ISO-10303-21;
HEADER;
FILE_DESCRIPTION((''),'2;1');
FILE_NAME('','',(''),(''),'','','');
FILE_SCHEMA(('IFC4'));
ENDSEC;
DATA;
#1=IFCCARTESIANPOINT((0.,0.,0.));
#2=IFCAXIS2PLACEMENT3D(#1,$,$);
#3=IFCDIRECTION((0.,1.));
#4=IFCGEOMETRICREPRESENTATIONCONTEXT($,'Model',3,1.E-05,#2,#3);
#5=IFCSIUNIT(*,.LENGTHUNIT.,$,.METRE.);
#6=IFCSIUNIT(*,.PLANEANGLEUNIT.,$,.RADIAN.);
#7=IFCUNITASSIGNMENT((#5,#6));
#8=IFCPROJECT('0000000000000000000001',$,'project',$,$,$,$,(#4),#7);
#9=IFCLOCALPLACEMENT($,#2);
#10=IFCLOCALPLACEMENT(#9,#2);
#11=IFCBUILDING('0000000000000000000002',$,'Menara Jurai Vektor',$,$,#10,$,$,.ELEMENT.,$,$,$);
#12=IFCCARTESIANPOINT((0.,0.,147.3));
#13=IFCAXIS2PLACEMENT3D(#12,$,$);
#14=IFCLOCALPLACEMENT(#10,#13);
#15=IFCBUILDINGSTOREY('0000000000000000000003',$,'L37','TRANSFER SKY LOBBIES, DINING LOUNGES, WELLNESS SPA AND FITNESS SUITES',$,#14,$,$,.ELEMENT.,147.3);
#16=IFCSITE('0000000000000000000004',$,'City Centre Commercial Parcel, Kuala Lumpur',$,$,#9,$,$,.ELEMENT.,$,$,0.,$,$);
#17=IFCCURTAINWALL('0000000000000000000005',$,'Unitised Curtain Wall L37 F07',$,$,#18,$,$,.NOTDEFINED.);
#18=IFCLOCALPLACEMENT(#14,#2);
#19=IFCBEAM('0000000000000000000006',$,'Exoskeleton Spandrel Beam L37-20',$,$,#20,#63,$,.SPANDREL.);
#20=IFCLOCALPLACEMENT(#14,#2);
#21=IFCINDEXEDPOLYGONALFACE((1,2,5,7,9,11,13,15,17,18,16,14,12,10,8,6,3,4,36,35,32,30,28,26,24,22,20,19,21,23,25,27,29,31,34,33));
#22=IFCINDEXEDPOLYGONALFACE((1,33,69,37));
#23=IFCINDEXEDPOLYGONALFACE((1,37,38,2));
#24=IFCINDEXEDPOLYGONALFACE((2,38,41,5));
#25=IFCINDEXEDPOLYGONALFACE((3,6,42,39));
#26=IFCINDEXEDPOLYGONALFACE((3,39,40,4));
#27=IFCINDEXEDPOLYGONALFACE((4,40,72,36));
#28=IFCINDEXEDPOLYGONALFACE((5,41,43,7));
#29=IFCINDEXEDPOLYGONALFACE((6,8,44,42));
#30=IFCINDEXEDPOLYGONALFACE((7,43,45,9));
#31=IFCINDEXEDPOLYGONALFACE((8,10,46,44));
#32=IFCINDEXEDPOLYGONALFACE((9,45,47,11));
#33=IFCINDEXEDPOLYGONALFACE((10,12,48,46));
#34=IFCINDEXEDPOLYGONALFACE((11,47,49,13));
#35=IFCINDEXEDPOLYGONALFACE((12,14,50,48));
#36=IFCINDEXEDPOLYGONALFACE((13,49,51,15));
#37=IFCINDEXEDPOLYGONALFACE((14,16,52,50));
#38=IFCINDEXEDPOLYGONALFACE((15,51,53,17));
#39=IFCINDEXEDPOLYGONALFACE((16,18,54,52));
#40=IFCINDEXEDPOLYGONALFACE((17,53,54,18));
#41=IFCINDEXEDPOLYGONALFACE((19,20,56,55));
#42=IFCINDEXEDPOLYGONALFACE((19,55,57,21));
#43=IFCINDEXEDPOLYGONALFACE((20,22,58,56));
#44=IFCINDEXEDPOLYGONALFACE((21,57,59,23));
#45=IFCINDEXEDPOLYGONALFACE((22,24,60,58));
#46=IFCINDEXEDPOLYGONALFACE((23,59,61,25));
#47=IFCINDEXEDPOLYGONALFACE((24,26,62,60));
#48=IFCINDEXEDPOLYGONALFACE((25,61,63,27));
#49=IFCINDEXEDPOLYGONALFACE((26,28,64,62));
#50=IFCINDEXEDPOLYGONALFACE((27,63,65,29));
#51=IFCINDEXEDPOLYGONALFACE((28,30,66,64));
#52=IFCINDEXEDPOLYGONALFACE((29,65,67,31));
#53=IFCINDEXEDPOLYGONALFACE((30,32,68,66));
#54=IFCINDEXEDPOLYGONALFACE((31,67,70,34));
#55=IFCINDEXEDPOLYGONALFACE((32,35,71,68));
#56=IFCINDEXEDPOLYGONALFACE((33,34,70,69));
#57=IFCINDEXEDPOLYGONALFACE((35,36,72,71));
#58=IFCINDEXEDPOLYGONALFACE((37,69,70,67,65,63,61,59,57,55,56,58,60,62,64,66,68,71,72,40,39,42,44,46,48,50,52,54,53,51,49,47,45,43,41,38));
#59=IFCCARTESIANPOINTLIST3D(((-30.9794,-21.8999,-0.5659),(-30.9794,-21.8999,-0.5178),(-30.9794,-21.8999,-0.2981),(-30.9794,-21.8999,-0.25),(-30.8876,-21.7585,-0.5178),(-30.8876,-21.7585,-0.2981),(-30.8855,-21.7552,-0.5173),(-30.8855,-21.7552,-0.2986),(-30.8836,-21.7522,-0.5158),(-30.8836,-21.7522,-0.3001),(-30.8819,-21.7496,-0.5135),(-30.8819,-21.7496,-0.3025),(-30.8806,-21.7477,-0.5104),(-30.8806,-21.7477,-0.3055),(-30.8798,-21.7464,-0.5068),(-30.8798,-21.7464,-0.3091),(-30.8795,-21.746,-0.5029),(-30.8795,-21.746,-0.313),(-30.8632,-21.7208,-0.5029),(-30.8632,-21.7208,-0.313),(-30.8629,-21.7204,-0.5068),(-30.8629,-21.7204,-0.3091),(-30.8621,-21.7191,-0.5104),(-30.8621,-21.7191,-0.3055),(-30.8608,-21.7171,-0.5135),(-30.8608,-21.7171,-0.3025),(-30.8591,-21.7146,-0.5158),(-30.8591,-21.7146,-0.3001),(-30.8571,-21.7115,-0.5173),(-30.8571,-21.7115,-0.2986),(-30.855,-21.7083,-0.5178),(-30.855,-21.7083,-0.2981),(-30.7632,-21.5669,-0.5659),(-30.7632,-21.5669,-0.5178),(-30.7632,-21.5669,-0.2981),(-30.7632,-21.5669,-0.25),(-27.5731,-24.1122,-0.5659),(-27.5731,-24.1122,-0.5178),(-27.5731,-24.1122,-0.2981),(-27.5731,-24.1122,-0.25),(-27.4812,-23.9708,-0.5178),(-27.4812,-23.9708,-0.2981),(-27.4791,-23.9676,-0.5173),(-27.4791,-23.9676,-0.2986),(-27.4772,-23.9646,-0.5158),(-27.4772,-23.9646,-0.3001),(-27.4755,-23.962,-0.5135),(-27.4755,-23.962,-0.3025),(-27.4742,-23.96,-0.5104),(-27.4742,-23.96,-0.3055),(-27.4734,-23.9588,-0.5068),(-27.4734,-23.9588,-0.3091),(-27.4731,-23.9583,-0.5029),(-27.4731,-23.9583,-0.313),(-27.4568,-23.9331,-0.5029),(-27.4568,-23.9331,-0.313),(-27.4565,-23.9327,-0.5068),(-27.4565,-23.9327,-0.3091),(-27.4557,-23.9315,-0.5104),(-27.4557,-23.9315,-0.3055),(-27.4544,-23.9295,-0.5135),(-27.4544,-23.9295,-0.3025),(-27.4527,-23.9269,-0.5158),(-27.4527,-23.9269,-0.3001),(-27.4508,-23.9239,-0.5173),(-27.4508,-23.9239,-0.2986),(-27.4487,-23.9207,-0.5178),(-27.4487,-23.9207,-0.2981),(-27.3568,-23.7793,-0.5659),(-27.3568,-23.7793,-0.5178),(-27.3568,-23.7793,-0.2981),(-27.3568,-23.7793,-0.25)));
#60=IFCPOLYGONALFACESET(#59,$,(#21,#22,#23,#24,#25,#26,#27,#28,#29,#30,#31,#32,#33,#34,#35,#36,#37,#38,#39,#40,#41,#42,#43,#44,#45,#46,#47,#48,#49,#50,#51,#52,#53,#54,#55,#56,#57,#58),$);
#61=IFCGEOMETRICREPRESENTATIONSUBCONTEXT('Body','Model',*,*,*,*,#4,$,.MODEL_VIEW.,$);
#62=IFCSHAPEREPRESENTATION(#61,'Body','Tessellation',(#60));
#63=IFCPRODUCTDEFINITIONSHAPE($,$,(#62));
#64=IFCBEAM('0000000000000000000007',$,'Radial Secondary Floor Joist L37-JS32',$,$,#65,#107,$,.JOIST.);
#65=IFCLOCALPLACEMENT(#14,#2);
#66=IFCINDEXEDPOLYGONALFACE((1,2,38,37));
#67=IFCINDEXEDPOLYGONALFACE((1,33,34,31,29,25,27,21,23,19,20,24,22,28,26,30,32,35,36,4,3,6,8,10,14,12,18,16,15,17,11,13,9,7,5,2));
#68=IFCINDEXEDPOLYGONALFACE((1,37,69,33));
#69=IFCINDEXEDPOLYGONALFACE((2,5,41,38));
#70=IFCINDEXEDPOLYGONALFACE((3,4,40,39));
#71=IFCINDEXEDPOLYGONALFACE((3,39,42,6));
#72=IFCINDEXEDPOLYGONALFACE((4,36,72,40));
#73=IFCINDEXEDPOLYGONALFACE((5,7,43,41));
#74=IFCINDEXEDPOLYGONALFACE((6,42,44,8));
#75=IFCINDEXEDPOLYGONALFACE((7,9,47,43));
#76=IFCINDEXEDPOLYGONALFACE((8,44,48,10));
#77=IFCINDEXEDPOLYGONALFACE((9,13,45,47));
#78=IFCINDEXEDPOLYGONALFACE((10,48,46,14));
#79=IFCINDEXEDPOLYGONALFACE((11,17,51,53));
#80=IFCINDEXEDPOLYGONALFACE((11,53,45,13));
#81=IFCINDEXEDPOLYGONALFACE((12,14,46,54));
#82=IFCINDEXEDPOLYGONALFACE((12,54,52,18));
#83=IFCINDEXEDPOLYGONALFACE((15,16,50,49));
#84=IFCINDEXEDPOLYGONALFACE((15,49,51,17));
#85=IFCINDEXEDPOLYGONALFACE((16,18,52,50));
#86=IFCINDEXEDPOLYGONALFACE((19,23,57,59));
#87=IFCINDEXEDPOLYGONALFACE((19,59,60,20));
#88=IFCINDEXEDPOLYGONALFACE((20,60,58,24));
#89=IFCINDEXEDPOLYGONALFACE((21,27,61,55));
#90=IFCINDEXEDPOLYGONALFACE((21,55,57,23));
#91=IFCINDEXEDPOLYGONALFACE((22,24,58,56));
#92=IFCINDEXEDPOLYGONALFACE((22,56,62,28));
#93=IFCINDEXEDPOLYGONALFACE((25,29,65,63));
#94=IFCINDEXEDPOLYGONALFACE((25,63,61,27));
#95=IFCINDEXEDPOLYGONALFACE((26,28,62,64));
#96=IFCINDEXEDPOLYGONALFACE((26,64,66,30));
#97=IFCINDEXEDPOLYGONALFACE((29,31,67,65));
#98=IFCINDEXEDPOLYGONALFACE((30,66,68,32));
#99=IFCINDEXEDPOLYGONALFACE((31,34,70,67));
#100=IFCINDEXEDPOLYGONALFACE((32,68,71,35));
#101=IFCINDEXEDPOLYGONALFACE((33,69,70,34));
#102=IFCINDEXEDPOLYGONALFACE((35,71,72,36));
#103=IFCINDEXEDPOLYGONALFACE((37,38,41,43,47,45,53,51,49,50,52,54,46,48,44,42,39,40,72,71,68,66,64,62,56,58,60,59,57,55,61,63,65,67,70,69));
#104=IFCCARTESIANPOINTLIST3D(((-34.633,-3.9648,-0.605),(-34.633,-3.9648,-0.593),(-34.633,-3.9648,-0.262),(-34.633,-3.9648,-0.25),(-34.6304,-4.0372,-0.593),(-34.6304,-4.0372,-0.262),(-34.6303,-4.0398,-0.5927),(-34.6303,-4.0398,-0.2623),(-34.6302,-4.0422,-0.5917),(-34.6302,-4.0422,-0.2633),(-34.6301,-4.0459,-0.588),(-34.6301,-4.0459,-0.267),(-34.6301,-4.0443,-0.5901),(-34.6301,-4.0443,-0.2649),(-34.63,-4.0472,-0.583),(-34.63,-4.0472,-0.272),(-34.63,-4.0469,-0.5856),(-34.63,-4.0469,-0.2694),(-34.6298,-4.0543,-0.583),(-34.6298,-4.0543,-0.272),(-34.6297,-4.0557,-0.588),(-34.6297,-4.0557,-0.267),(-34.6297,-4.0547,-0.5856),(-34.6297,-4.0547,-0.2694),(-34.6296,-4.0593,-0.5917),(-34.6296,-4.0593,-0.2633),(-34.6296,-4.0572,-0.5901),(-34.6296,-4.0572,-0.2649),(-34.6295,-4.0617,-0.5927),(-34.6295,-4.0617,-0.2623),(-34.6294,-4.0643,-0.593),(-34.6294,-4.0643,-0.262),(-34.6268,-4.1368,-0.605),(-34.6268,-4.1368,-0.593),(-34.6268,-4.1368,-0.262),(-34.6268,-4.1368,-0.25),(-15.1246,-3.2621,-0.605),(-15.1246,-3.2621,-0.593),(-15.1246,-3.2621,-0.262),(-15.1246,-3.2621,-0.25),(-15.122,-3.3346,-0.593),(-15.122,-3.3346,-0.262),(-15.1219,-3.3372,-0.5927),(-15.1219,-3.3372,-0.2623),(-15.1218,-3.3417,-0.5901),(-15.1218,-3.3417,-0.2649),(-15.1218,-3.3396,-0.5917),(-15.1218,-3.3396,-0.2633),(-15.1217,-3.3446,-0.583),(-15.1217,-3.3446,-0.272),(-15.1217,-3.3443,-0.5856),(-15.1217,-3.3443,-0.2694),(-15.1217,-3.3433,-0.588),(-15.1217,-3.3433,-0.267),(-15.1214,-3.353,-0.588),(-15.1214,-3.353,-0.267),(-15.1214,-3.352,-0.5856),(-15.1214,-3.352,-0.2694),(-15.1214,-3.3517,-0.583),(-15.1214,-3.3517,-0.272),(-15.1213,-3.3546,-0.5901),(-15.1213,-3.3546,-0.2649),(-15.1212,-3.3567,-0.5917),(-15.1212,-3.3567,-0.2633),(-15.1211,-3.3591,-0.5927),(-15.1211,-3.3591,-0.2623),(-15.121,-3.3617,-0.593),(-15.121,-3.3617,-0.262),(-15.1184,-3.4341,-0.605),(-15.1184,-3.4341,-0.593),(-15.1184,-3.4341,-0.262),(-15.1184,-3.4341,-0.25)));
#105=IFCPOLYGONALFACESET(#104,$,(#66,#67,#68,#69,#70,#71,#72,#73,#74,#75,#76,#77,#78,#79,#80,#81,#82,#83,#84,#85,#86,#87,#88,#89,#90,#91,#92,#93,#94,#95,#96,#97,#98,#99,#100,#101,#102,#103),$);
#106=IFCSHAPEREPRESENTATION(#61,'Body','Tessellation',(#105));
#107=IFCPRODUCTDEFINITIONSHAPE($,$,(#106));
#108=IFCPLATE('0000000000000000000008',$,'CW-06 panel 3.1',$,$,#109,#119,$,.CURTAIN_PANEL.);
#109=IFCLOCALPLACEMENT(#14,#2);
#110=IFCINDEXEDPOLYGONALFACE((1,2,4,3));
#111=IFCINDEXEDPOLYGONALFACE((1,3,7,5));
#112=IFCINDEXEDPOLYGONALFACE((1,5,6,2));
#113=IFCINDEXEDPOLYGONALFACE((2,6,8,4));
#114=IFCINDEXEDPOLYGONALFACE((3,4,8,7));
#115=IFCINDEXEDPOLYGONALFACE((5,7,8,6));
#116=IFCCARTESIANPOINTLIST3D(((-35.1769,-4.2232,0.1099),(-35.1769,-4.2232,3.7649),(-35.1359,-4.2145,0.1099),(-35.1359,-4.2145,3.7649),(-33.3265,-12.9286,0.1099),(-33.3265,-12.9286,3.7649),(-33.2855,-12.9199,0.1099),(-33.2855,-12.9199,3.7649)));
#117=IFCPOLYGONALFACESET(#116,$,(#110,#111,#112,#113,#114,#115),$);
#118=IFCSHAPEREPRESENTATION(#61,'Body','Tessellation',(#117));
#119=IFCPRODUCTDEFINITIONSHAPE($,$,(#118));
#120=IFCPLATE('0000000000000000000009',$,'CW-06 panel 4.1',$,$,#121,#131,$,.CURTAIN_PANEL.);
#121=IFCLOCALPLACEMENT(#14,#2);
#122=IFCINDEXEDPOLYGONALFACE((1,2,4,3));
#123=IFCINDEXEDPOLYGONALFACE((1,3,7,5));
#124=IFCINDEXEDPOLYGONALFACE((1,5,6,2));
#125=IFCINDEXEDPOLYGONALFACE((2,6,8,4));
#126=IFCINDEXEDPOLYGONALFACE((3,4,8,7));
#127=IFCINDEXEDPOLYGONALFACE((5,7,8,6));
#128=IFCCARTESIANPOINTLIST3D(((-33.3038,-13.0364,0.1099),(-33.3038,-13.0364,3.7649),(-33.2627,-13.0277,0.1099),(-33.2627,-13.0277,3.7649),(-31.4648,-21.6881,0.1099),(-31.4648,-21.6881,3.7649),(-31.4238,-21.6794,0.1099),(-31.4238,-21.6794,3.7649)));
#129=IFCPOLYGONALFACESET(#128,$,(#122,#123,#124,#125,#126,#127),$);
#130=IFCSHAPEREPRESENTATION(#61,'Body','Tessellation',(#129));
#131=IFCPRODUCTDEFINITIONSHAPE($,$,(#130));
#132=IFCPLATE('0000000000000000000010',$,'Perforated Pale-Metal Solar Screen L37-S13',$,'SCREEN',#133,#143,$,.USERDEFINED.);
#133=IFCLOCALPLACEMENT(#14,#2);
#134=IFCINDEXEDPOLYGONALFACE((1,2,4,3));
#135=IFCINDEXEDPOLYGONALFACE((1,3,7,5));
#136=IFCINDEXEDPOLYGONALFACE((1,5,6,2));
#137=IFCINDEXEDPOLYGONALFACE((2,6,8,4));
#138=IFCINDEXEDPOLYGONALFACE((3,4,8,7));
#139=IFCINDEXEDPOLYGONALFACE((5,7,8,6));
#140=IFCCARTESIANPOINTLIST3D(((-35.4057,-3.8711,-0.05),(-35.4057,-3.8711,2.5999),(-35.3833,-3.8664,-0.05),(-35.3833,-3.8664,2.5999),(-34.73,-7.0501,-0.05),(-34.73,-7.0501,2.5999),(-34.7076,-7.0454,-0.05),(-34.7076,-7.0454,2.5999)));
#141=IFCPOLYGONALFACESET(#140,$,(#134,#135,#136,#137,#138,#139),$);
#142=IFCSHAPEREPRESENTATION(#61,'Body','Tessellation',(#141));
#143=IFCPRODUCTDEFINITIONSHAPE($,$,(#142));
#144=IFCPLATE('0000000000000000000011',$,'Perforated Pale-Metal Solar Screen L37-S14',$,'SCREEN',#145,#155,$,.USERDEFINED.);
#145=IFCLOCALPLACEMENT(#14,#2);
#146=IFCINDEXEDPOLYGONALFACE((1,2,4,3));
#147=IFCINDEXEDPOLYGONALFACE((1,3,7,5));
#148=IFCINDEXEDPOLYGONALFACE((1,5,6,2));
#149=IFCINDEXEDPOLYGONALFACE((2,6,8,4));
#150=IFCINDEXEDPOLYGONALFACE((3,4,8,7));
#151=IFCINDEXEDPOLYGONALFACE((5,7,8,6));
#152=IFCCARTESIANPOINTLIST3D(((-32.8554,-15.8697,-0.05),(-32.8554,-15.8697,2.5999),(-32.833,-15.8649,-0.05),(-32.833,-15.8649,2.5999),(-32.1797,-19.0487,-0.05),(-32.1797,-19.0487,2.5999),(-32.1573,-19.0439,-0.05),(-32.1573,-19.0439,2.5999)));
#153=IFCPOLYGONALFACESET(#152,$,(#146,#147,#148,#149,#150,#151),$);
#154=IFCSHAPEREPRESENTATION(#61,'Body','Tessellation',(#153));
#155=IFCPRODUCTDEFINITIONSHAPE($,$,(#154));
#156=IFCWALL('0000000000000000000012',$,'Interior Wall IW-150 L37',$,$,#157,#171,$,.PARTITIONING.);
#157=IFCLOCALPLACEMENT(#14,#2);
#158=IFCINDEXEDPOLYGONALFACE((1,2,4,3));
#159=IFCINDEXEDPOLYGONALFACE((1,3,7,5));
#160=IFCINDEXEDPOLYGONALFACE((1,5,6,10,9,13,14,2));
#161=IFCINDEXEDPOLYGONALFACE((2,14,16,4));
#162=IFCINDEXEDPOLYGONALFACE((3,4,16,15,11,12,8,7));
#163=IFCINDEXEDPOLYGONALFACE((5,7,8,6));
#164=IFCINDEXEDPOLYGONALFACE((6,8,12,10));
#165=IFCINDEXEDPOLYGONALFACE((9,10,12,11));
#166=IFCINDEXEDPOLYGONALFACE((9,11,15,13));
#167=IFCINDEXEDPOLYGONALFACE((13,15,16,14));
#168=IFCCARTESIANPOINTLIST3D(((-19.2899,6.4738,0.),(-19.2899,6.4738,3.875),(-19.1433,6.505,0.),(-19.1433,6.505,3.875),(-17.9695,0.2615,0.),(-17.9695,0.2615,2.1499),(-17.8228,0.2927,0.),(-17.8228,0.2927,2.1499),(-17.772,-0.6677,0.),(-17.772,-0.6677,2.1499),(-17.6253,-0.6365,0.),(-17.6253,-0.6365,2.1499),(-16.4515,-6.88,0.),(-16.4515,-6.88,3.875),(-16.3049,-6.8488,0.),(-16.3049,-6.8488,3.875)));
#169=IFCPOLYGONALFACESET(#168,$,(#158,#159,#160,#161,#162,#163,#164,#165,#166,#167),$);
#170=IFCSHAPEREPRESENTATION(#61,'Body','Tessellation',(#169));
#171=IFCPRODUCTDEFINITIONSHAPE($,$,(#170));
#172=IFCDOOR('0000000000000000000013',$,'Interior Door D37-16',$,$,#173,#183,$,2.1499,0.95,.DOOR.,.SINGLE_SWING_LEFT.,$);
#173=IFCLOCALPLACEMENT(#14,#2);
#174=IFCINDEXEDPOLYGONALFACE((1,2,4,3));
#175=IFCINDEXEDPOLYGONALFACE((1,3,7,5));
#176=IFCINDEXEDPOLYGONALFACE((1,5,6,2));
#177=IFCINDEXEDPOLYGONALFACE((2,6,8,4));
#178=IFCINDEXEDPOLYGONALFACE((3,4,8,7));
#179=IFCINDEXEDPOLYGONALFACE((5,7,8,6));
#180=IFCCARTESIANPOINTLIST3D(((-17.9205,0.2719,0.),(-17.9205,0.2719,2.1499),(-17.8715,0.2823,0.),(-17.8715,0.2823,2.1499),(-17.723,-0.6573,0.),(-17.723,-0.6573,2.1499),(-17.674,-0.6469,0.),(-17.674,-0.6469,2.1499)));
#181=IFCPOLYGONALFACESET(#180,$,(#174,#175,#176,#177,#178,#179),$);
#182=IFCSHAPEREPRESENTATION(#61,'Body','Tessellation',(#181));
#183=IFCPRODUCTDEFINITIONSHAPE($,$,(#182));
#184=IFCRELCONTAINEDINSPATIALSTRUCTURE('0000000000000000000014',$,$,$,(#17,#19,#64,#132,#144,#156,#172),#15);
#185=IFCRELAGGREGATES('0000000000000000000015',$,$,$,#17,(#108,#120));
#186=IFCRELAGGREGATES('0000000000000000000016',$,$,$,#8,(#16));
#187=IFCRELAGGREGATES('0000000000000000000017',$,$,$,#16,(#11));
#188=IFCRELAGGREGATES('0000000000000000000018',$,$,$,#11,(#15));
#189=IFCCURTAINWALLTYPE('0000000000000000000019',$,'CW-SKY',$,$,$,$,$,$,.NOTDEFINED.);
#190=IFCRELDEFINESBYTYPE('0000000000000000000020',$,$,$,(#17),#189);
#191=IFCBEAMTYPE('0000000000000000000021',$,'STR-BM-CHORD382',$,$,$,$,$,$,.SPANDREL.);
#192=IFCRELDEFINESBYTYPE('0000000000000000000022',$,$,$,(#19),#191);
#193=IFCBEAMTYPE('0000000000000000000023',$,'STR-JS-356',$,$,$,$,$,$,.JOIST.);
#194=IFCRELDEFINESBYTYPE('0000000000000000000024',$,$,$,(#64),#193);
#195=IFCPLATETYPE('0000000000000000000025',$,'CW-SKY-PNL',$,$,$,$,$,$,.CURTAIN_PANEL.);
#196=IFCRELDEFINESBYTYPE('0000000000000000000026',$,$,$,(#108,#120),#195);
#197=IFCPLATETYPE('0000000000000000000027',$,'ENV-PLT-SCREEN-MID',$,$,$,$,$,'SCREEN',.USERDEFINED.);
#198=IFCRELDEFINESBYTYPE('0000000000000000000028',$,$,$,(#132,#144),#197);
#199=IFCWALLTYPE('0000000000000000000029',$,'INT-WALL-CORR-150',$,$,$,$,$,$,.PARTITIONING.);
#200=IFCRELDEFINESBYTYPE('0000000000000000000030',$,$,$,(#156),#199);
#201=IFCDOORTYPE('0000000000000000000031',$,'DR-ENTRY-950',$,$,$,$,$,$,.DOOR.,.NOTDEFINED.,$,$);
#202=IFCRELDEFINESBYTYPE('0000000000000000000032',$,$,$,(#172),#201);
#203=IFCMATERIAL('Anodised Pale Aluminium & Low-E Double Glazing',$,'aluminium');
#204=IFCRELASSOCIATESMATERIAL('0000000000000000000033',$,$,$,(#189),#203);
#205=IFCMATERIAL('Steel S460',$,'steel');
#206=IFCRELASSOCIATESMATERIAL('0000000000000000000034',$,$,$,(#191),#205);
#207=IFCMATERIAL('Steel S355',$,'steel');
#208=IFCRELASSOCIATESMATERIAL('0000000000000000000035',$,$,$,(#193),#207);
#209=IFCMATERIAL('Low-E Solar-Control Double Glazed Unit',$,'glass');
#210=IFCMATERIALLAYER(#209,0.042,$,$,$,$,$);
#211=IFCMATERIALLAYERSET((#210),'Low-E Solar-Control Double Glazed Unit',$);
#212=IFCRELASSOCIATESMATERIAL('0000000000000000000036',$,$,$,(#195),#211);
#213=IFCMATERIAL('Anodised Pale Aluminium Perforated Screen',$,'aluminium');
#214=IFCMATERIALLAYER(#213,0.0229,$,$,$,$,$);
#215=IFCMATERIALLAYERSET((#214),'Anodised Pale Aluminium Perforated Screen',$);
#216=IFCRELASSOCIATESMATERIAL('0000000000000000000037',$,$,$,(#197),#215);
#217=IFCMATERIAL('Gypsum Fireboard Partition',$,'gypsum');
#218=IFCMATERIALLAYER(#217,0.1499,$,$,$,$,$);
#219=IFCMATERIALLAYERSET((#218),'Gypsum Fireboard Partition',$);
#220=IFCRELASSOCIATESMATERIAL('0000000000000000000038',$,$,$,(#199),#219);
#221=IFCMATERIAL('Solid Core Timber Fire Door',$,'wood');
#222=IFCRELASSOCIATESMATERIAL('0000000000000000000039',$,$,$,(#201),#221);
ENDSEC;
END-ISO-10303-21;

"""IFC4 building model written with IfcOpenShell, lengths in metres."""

from ifc_helpers import new_model, si_unit, direction, frame, frame_2d, origin, origin_2d, place, context, subcontext, project, spatial, rectangle, i_section, extrude, material, layer, layer_set, material_profile, profile_set, type_object, element, fill, aggregate, save


model = new_model("IFC4")

# Units and contexts
model_context = context("Model", 3, precision=1e-05, world=origin(), true_north=direction((0.0, 1.0)))
body_context = subcontext(model_context, "Body", "Model", "MODEL_VIEW")
ifc_project = project(units=[si_unit("LENGTHUNIT", "METRE"), si_unit("PLANEANGLEUNIT", "RADIAN")], contexts=[model_context])

# Site, building, storey
site_placement = place(None, origin())
site = spatial("IfcSite", under=ifc_project, at=site_placement, Name="City Centre Commercial Parcel, Kuala Lumpur", CompositionType="ELEMENT", RefElevation=0.0)
building_placement = place(site_placement, origin())
building = spatial("IfcBuilding", under=site, at=building_placement, Name="Menara Jurai Vektor", CompositionType="ELEMENT")
storey_placement = place(building_placement, frame((0.0, 0.0, 147.3)))
storey = spatial("IfcBuildingStorey", under=building, at=storey_placement, Name="L37", Description="TRANSFER SKY LOBBIES, DINING LOUNGES, WELLNESS SPA AND FITNESS SUITES", CompositionType="ELEMENT", Elevation=147.3)

# Shared definitions
ifc_material_1 = material(Name="Steel S460", Category="steel")

# Curtain wall
ifc_material_2 = material(Name="Anodised Pale Aluminium & Low-E Double Glazing", Category="aluminium")
curtain_wall_type = type_object("IfcCurtainWallType", Name="CW-SKY", PredefinedType="NOTDEFINED", material=ifc_material_2)
curtain_wall_placement = place(storey_placement, origin())
curtain_wall = element("IfcCurtainWall", 1, at=curtain_wall_placement, inside=storey, type_object=curtain_wall_type, Name="Unitised Curtain Wall L37 F07", PredefinedType="NOTDEFINED")

# Beams
ifc_material_3 = material(Name="Steel S355", Category="steel")
ifc_material_profile_1 = material_profile(ifc_material_1, i_section(OverallWidth=0.397, OverallDepth=0.3159, WebThickness=0.03, FlangeThickness=0.0481, FilletRadius=0.0149, at=origin_2d()), Name="HD 400x382")
ifc_profile_set_1 = profile_set([ifc_material_profile_1], Name="Steel S460")
beam_type_1 = type_object("IfcBeamType", Name="STR-BM-CHORD382", PredefinedType="SPANDREL", material=ifc_profile_set_1)
beam_1_placement = place(storey_placement, frame((-30.8713, -21.7334, -0.408), z_axis=(0.838648, -0.544674, 0.0), x_axis=(0.544674, 0.838648, 0.0)))
element("IfcBeam", 2, at=beam_1_placement, inside=storey, type_object=beam_type_1, Name="Exoskeleton Spandrel Beam L37-20", PredefinedType="SPANDREL", context=body_context, shape_type="SweptSolid", body=[
    extrude(i_section(OverallWidth=0.397, OverallDepth=0.3159, WebThickness=0.03, FlangeThickness=0.0481, FilletRadius=0.0149, at=origin_2d()), origin(), (0.0, 0.0, 1.0), 4.0618),
])
ifc_material_profile_2 = material_profile(ifc_material_3, i_section(OverallWidth=0.1721, OverallDepth=0.355, WebThickness=0.0071, FlangeThickness=0.012, FilletRadius=0.01, at=origin_2d()), Name="UKB 356x171x51")
ifc_profile_set_2 = profile_set([ifc_material_profile_2], Name="Steel S355")
beam_type_2 = type_object("IfcBeamType", Name="STR-JS-356", PredefinedType="JOIST", material=ifc_profile_set_2)
beam_2_placement = place(storey_placement, frame((-34.6299, -4.0508, -0.4275), z_axis=(0.999352, 0.035994, 0.0), x_axis=(-0.035994, 0.999352, 0.0)))
element("IfcBeam", 3, at=beam_2_placement, inside=storey, type_object=beam_type_2, Name="Radial Secondary Floor Joist L37-JS32", PredefinedType="JOIST", context=body_context, shape_type="SweptSolid", body=[
    extrude(i_section(OverallWidth=0.1721, OverallDepth=0.355, WebThickness=0.0071, FlangeThickness=0.012, FilletRadius=0.01, at=origin_2d()), origin(), (0.0, 0.0, 1.0), 19.521),
])

# Plates
ifc_material_4 = material(Name="Low-E Solar-Control Double Glazed Unit", Category="glass")
ifc_layer_1 = layer(ifc_material_4, 0.042)
ifc_layer_set_1 = layer_set([ifc_layer_1], Name="Low-E Solar-Control Double Glazed Unit")
plate_type_1 = type_object("IfcPlateType", Name="CW-SKY-PNL", PredefinedType="CURTAIN_PANEL", material=ifc_layer_set_1)
plate_1_placement = place(storey_placement, frame((-34.2312, -8.5715, 0.1099), z_axis=(0.0, 0.0, 1.0), x_axis=(0.20791, -0.978148, 0.0)))
plate_1 = element("IfcPlate", 4, at=plate_1_placement, type_object=plate_type_1, Name="CW-06 panel 3.1", PredefinedType="CURTAIN_PANEL", context=body_context, shape_type="SweptSolid", body=[
    extrude(rectangle(XDim=8.8999, YDim=0.042, at=origin_2d()), origin(), (0.0, 0.0, 1.0), 3.655),
])
plate_2_placement = place(storey_placement, frame((-32.3638, -17.3579, 0.1099), z_axis=(0.0, 0.0, 1.0), x_axis=(0.20791, -0.978148, 0.0)))
plate_2 = element("IfcPlate", 5, at=plate_2_placement, type_object=plate_type_1, Name="CW-06 panel 4.1", PredefinedType="CURTAIN_PANEL", context=body_context, shape_type="SweptSolid", body=[
    extrude(rectangle(XDim=8.845, YDim=0.042, at=origin_2d()), origin(), (0.0, 0.0, 1.0), 3.655),
])
aggregate(curtain_wall, [plate_1, plate_2])

# Plates
ifc_material_5 = material(Name="Anodised Pale Aluminium Perforated Screen", Category="aluminium")
ifc_layer_2 = layer(ifc_material_5, 0.0229)
ifc_layer_set_2 = layer_set([ifc_layer_2], Name="Anodised Pale Aluminium Perforated Screen")
plate_type_2 = type_object("IfcPlateType", Name="ENV-PLT-SCREEN-MID", ElementType="SCREEN", PredefinedType="USERDEFINED", material=ifc_layer_set_2)
for number, where, z_axis, x_axis, name in (
    (6, (-35.0566, -5.4583, -0.05), (0.0, 0.0, 1.0), (0.207912, -0.978148, 0.0), "Perforated Pale-Metal Solar Screen L37-S13"),
    (7, (-32.5063, -17.4568, -0.05), (0.0, 0.0, 1.0), (0.207912, -0.978148, 0.0), "Perforated Pale-Metal Solar Screen L37-S14"),
):
    element("IfcPlate", number, at=place(storey_placement, frame(where, z_axis=z_axis, x_axis=x_axis)), inside=storey, type_object=plate_type_2, Name=name, ObjectType="SCREEN", PredefinedType="USERDEFINED", context=body_context, shape_type="SweptSolid", body=[
        extrude(rectangle(XDim=3.25, YDim=0.0229, at=origin_2d()), origin(), (0.0, 0.0, 1.0), 2.6499),
    ])

# Wall, opening, door
ifc_material_6 = material(Name="Gypsum Fireboard Partition", Category="gypsum")
ifc_layer_3 = layer(ifc_material_6, 0.1499)
ifc_layer_set_3 = layer_set([ifc_layer_3], Name="Gypsum Fireboard Partition")
wall_type = type_object("IfcWallType", Name="INT-WALL-CORR-150", PredefinedType="PARTITIONING", material=ifc_layer_set_3)
wall_placement = place(storey_placement, frame((-16.3782, -6.8645, 0.0), z_axis=(0.0, 0.0, 1.0), x_axis=(-0.207908, 0.978148, 0.0)))
wall = element("IfcWall", 8, at=wall_placement, inside=storey, type_object=wall_type, Name="Interior Wall IW-150 L37", PredefinedType="PARTITIONING", context=body_context, shape_type="SweptSolid", body=[
    extrude(rectangle(XDim=13.6521, YDim=0.1499, at=frame_2d((6.8262, 0.0))), origin(), (0.0, 0.0, 1.0), 3.875),
])
opening_placement = place(wall_placement, frame((6.3511, 0.0, 0.0)))
opening = element("IfcOpeningElement", 9, at=opening_placement, cuts=wall, PredefinedType="OPENING", context=body_context, shape_type="SweptSolid", body=[
    extrude(rectangle(XDim=0.95, YDim=2.1499, at=frame_2d((0.4751, 1.075))), frame((0.0, 0.085, 0.0), z_axis=(0.0, -1.0, 0.0), x_axis=(1.0, 0.0, 0.0)), (0.0, 0.0, 1.0), 0.1699),
])
ifc_material_7 = material(Name="Solid Core Timber Fire Door", Category="wood")
door_type = type_object("IfcDoorType", Name="DR-ENTRY-950", OperationType="NOTDEFINED", PredefinedType="DOOR", material=ifc_material_7)
door_placement = place(opening_placement, origin())
door = element("IfcDoor", 10, at=door_placement, inside=storey, type_object=door_type, Name="Interior Door D37-16", OperationType="SINGLE_SWING_LEFT", OverallHeight=2.1499, OverallWidth=0.95, PredefinedType="DOOR", context=body_context, shape_type="SweptSolid", body=[
    extrude(rectangle(XDim=0.95, YDim=2.1499, at=frame_2d((0.4751, 1.075))), frame((0.0, 0.0249, 0.0), z_axis=(0.0, -1.0, 0.0), x_axis=(1.0, 0.0, 0.0)), (0.0, 0.0, 1.0), 0.05),
])
fill(opening, door)

save(model, "model.ifc")
